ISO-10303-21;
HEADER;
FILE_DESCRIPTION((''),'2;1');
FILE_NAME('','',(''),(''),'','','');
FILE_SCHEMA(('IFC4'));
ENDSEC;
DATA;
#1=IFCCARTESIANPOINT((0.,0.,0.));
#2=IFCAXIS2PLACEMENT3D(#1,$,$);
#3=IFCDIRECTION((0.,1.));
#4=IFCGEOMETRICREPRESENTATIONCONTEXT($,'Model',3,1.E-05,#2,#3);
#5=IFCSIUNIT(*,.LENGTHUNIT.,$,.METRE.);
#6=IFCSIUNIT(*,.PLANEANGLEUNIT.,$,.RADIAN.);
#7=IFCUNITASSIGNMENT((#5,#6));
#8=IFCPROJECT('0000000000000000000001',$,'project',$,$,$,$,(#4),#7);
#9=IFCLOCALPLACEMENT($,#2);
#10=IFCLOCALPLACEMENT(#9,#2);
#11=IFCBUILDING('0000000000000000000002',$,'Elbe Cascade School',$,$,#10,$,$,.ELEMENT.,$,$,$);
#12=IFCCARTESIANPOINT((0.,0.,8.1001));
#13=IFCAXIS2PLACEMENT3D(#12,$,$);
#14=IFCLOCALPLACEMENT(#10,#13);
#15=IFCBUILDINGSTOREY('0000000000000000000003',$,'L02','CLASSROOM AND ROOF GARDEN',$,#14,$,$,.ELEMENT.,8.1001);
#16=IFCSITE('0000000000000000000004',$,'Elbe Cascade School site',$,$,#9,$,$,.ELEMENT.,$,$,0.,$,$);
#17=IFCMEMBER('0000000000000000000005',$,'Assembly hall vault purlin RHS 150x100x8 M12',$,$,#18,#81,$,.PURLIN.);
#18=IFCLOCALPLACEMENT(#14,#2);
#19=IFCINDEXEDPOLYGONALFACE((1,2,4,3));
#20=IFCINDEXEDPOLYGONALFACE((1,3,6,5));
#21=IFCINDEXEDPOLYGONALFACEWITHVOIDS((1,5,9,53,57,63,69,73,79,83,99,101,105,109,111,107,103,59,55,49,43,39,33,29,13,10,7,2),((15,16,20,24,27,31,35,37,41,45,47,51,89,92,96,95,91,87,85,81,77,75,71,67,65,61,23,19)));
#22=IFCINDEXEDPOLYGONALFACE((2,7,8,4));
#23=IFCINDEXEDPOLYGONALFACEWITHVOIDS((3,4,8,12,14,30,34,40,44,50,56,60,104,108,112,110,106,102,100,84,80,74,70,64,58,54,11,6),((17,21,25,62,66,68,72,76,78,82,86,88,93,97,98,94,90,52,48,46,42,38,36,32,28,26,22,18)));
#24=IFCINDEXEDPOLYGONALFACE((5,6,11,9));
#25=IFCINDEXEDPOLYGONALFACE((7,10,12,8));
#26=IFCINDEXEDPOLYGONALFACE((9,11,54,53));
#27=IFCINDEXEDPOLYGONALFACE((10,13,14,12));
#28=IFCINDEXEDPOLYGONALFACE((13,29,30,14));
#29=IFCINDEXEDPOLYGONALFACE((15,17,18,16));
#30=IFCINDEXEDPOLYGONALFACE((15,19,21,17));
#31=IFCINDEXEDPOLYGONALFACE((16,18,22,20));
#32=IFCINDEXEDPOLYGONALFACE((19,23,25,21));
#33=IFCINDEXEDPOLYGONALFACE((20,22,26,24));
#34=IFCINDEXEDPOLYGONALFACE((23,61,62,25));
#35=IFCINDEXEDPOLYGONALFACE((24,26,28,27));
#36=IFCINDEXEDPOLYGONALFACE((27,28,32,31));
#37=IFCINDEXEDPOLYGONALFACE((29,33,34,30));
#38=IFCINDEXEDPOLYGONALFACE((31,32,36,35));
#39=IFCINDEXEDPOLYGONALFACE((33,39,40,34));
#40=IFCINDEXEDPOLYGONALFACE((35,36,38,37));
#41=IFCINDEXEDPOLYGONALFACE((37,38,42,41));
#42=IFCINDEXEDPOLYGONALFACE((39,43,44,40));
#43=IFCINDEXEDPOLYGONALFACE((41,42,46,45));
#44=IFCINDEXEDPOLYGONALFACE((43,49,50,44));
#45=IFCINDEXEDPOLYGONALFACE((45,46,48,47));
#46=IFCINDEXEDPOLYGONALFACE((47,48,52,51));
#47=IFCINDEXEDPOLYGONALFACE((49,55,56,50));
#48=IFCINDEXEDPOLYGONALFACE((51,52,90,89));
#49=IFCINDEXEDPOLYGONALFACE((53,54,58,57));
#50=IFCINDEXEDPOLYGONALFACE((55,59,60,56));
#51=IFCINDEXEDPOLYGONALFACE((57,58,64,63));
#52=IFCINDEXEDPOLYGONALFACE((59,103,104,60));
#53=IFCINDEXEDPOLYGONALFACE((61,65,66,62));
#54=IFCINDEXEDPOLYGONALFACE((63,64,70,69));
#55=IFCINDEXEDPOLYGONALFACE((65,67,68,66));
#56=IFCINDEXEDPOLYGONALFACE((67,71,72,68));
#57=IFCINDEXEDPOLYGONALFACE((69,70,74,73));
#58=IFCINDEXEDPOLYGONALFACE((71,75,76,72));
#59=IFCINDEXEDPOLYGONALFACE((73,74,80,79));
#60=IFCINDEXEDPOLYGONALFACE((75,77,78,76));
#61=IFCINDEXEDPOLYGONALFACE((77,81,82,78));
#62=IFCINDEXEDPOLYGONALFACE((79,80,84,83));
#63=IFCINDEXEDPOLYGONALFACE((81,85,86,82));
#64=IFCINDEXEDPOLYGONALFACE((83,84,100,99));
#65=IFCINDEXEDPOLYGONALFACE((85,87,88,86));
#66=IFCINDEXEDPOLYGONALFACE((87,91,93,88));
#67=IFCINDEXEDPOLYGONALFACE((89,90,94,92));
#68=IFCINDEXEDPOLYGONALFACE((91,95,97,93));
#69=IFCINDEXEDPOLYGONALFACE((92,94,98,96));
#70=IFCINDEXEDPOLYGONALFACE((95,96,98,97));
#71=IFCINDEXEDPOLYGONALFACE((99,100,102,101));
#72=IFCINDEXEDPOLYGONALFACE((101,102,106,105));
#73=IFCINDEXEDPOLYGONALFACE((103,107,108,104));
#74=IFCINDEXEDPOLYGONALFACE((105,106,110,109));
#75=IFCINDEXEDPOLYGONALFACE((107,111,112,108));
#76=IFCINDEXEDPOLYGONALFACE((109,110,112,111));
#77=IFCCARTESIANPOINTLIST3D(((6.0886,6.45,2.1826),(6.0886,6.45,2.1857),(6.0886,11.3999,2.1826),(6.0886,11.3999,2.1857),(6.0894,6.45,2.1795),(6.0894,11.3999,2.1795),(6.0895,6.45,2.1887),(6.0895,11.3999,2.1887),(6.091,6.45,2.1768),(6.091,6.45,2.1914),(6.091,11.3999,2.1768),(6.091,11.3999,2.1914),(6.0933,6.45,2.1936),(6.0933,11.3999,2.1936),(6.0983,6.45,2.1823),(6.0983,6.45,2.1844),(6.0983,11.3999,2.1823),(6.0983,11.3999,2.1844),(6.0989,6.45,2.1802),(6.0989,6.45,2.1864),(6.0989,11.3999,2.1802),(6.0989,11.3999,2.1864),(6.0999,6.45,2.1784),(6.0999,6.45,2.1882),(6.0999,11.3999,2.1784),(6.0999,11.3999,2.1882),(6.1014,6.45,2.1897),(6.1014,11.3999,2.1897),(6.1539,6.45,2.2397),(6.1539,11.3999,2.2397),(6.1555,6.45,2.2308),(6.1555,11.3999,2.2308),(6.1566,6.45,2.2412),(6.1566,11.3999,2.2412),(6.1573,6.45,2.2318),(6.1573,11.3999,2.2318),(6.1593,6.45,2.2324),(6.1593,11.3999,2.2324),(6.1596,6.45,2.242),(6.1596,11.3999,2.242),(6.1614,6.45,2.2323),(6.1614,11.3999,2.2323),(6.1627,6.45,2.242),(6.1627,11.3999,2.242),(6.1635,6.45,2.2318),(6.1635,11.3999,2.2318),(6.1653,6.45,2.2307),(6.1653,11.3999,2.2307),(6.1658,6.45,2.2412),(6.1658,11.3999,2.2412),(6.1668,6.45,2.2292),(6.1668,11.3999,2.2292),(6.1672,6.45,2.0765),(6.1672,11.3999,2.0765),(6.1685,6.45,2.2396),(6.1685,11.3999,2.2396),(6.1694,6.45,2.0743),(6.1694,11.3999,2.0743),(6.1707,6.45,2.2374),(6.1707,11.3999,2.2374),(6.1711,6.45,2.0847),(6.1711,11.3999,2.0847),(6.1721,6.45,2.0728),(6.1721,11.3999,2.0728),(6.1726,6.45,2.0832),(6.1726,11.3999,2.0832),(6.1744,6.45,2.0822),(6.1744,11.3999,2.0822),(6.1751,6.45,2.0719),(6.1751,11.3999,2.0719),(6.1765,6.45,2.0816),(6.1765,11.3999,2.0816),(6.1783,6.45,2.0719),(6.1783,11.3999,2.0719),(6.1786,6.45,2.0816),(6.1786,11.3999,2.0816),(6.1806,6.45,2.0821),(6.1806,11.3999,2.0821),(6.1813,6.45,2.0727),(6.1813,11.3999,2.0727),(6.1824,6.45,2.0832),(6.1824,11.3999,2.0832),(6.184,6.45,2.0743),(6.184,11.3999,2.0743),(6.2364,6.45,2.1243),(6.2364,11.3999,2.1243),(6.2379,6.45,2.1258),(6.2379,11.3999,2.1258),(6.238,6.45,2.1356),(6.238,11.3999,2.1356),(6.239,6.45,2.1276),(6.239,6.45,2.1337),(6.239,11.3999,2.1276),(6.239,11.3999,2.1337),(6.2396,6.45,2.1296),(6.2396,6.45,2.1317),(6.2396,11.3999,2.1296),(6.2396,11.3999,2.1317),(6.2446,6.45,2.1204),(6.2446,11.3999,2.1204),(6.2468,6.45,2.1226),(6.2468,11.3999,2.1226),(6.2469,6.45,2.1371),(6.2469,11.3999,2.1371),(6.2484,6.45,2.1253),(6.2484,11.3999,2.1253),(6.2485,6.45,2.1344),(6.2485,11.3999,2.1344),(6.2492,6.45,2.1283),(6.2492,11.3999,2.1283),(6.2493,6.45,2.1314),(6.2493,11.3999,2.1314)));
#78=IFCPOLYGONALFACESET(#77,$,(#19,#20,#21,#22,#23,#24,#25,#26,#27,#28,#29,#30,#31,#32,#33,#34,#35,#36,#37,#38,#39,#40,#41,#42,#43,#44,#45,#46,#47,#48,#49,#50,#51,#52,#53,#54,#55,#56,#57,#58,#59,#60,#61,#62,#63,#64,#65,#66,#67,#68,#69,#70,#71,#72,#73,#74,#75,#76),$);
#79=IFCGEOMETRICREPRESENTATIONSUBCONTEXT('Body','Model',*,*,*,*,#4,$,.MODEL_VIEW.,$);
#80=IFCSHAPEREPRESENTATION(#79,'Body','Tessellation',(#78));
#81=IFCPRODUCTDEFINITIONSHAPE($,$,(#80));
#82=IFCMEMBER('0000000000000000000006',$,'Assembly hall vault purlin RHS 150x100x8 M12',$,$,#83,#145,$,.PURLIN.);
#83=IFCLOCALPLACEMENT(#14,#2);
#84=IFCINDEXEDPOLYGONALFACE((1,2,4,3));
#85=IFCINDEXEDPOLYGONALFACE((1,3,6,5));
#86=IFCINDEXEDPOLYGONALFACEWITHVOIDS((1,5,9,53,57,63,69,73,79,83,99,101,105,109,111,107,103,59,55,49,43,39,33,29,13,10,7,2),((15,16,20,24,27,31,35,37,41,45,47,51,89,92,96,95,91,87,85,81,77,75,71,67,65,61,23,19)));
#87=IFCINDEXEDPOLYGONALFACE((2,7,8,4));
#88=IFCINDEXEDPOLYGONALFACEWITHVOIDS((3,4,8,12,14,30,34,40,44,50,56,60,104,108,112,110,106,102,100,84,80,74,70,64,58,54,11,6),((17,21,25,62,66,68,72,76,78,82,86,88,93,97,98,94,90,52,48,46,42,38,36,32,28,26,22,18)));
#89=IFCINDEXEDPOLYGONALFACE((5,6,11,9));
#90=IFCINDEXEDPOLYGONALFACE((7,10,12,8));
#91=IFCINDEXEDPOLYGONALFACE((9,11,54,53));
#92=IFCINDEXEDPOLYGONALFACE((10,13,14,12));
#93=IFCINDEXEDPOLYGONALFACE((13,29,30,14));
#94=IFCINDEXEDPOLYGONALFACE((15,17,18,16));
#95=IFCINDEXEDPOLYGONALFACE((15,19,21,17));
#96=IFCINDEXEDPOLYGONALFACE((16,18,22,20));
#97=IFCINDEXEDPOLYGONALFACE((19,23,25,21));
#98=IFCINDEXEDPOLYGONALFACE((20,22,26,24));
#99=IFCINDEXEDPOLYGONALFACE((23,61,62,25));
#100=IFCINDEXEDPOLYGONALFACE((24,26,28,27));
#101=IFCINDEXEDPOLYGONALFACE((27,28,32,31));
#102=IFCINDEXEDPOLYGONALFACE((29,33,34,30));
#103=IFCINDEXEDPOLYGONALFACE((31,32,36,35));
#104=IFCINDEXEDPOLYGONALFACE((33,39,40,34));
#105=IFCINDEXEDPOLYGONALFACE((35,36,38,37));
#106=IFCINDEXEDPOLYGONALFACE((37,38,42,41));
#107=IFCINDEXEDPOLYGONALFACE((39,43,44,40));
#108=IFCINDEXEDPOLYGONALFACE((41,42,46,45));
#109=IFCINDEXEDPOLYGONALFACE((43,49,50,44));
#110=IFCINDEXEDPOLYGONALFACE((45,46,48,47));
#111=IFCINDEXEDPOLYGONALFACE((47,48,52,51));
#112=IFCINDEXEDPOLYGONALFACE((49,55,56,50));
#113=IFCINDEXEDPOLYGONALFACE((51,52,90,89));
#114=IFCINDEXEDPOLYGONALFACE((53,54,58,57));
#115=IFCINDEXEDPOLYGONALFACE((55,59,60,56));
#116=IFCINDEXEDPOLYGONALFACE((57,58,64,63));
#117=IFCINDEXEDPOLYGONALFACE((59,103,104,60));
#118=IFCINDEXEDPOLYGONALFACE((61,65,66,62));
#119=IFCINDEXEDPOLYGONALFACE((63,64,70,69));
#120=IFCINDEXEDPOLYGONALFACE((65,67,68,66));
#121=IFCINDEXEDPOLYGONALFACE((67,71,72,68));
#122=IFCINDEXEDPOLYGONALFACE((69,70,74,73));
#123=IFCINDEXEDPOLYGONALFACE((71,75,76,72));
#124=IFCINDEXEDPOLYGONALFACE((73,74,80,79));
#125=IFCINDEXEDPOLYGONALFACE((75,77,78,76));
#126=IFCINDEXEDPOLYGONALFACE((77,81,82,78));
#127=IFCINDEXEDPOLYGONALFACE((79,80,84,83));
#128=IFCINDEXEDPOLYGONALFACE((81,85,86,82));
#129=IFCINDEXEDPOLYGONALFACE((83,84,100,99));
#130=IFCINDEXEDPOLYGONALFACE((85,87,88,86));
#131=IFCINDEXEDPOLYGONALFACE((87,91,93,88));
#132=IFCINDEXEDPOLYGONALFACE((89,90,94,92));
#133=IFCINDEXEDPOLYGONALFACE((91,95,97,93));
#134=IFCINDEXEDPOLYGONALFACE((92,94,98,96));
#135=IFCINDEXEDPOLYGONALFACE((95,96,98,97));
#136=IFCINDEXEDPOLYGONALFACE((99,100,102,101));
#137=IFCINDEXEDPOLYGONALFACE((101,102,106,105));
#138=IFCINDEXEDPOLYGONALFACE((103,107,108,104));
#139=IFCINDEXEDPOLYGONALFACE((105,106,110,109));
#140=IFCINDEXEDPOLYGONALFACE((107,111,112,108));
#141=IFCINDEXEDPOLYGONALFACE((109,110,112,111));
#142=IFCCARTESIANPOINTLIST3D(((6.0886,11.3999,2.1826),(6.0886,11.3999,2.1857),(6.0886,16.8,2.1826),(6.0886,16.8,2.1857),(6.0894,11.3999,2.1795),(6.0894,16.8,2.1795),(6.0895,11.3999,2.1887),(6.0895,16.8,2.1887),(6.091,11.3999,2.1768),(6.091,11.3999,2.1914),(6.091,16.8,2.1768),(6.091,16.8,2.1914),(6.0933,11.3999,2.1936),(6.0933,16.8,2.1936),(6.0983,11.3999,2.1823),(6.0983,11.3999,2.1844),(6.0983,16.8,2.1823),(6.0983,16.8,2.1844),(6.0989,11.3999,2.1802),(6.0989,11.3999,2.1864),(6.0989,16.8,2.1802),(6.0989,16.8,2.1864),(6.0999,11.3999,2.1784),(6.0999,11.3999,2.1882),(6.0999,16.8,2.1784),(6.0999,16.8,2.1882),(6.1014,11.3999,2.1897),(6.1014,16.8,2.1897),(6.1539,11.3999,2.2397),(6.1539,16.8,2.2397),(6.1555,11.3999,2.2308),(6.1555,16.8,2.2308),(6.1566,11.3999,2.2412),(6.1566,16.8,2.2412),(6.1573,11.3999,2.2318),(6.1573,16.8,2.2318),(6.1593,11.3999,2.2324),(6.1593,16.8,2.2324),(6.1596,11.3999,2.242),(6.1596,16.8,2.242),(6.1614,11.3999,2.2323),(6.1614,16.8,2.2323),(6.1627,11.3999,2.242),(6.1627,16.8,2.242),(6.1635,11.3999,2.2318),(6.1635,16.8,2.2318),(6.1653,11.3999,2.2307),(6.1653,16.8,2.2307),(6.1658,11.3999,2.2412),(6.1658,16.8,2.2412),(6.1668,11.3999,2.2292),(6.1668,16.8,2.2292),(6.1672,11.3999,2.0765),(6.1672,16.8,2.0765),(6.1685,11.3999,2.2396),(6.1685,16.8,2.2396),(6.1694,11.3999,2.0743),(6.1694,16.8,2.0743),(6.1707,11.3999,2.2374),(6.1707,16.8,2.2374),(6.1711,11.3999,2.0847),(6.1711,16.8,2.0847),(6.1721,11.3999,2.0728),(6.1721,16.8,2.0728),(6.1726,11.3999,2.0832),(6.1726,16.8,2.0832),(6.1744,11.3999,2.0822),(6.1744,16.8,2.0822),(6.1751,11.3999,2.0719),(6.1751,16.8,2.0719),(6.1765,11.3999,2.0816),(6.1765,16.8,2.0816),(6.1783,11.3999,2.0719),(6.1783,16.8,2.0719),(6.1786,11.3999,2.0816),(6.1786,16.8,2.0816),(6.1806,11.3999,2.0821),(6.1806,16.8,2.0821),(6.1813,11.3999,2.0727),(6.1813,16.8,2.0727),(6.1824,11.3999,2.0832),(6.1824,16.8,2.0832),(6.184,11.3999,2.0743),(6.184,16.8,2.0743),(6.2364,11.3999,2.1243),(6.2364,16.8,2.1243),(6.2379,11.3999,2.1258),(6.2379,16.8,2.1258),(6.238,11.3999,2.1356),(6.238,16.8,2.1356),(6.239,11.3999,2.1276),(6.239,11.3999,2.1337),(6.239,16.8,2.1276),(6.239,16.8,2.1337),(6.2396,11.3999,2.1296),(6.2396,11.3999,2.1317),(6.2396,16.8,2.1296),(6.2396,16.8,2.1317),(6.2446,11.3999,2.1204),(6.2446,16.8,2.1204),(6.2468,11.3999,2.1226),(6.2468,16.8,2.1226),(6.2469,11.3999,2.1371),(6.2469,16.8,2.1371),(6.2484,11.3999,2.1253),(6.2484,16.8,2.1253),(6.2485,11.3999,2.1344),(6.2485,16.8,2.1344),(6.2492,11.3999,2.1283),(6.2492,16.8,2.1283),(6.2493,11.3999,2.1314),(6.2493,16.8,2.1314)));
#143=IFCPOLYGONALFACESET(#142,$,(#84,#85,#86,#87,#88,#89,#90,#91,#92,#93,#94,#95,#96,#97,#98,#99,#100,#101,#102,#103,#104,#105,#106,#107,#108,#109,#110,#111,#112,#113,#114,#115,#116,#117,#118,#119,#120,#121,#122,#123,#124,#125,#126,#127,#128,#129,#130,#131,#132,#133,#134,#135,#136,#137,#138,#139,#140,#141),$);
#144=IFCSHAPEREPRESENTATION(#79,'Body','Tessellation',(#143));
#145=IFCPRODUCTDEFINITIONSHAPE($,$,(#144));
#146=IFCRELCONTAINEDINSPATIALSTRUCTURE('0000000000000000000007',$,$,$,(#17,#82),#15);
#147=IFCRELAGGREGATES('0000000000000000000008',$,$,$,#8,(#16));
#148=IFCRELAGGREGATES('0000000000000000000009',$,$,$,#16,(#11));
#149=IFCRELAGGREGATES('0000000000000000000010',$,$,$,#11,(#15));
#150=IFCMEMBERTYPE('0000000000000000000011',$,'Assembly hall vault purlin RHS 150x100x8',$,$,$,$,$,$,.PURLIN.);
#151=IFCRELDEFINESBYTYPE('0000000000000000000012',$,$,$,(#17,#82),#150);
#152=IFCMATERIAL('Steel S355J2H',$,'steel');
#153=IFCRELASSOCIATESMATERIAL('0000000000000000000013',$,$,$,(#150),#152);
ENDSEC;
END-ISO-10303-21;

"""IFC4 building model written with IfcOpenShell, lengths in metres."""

from ifc_helpers import new_model, si_unit, direction, frame, origin, origin_2d, place, context, subcontext, project, spatial, hollow_rectangle, extrude, material, material_profile, profile_set, type_object, element, save


model = new_model("IFC4")

# Units and contexts
model_context = context("Model", 3, precision=1e-05, world=origin(), true_north=direction((0.0, 1.0)))
body_context = subcontext(model_context, "Body", "Model", "MODEL_VIEW")
ifc_project = project(units=[si_unit("LENGTHUNIT", "METRE"), si_unit("PLANEANGLEUNIT", "RADIAN")], contexts=[model_context])

# Site, building, storey
site_placement = place(None, origin())
site = spatial("IfcSite", under=ifc_project, at=site_placement, Name="Elbe Cascade School site", CompositionType="ELEMENT", RefElevation=0.0)
building_placement = place(site_placement, origin())
building = spatial("IfcBuilding", under=site, at=building_placement, Name="Elbe Cascade School", CompositionType="ELEMENT")
storey_placement = place(building_placement, frame((0.0, 0.0, 8.1001)))
storey = spatial("IfcBuildingStorey", under=building, at=storey_placement, Name="L02", Description="CLASSROOM AND ROOF GARDEN", CompositionType="ELEMENT", Elevation=8.1001)

# Members
ifc_material_1 = material(Name="Steel S355J2H", Category="steel")
ifc_material_profile_1 = material_profile(ifc_material_1, hollow_rectangle(XDim=0.1001, YDim=0.1499, WallThickness=0.0081, InnerFilletRadius=0.0081, OuterFilletRadius=0.012, at=origin_2d()), Name="RHS 150x100x8")
ifc_profile_set_1 = profile_set([ifc_material_profile_1], Name="Steel S355J2H")
member_type_1 = type_object("IfcMemberType", Name="Assembly hall vault purlin RHS 150x100x8", PredefinedType="PURLIN", material=ifc_profile_set_1)
member_1_placement = place(storey_placement, frame((6.1689, 6.45, 2.157), z_axis=(0.0, 1.0, 0.0), x_axis=(-0.795996, 0.0, -0.605302)))
element("IfcMember", 1, at=member_1_placement, inside=storey, type_object=member_type_1, Name="Assembly hall vault purlin RHS 150x100x8 M12", PredefinedType="PURLIN", context=body_context, shape_type="SweptSolid", body=[
    extrude(hollow_rectangle(XDim=0.1001, YDim=0.1499, WallThickness=0.0081, InnerFilletRadius=0.0081, OuterFilletRadius=0.012, at=origin_2d()), origin(), (0.0, 0.0, 1.0), 4.95),
])
member_2_placement = place(storey_placement, frame((6.1689, 11.3999, 2.157), z_axis=(0.0, 1.0, 0.0), x_axis=(-0.795996, 0.0, -0.605302)))
element("IfcMember", 2, at=member_2_placement, inside=storey, type_object=member_type_1, Name="Assembly hall vault purlin RHS 150x100x8 M12", PredefinedType="PURLIN", context=body_context, shape_type="SweptSolid", body=[
    extrude(hollow_rectangle(XDim=0.1001, YDim=0.1499, WallThickness=0.0081, InnerFilletRadius=0.0081, OuterFilletRadius=0.012, at=origin_2d()), origin(), (0.0, 0.0, 1.0), 5.4001),
])

save(model, "model.ifc")
